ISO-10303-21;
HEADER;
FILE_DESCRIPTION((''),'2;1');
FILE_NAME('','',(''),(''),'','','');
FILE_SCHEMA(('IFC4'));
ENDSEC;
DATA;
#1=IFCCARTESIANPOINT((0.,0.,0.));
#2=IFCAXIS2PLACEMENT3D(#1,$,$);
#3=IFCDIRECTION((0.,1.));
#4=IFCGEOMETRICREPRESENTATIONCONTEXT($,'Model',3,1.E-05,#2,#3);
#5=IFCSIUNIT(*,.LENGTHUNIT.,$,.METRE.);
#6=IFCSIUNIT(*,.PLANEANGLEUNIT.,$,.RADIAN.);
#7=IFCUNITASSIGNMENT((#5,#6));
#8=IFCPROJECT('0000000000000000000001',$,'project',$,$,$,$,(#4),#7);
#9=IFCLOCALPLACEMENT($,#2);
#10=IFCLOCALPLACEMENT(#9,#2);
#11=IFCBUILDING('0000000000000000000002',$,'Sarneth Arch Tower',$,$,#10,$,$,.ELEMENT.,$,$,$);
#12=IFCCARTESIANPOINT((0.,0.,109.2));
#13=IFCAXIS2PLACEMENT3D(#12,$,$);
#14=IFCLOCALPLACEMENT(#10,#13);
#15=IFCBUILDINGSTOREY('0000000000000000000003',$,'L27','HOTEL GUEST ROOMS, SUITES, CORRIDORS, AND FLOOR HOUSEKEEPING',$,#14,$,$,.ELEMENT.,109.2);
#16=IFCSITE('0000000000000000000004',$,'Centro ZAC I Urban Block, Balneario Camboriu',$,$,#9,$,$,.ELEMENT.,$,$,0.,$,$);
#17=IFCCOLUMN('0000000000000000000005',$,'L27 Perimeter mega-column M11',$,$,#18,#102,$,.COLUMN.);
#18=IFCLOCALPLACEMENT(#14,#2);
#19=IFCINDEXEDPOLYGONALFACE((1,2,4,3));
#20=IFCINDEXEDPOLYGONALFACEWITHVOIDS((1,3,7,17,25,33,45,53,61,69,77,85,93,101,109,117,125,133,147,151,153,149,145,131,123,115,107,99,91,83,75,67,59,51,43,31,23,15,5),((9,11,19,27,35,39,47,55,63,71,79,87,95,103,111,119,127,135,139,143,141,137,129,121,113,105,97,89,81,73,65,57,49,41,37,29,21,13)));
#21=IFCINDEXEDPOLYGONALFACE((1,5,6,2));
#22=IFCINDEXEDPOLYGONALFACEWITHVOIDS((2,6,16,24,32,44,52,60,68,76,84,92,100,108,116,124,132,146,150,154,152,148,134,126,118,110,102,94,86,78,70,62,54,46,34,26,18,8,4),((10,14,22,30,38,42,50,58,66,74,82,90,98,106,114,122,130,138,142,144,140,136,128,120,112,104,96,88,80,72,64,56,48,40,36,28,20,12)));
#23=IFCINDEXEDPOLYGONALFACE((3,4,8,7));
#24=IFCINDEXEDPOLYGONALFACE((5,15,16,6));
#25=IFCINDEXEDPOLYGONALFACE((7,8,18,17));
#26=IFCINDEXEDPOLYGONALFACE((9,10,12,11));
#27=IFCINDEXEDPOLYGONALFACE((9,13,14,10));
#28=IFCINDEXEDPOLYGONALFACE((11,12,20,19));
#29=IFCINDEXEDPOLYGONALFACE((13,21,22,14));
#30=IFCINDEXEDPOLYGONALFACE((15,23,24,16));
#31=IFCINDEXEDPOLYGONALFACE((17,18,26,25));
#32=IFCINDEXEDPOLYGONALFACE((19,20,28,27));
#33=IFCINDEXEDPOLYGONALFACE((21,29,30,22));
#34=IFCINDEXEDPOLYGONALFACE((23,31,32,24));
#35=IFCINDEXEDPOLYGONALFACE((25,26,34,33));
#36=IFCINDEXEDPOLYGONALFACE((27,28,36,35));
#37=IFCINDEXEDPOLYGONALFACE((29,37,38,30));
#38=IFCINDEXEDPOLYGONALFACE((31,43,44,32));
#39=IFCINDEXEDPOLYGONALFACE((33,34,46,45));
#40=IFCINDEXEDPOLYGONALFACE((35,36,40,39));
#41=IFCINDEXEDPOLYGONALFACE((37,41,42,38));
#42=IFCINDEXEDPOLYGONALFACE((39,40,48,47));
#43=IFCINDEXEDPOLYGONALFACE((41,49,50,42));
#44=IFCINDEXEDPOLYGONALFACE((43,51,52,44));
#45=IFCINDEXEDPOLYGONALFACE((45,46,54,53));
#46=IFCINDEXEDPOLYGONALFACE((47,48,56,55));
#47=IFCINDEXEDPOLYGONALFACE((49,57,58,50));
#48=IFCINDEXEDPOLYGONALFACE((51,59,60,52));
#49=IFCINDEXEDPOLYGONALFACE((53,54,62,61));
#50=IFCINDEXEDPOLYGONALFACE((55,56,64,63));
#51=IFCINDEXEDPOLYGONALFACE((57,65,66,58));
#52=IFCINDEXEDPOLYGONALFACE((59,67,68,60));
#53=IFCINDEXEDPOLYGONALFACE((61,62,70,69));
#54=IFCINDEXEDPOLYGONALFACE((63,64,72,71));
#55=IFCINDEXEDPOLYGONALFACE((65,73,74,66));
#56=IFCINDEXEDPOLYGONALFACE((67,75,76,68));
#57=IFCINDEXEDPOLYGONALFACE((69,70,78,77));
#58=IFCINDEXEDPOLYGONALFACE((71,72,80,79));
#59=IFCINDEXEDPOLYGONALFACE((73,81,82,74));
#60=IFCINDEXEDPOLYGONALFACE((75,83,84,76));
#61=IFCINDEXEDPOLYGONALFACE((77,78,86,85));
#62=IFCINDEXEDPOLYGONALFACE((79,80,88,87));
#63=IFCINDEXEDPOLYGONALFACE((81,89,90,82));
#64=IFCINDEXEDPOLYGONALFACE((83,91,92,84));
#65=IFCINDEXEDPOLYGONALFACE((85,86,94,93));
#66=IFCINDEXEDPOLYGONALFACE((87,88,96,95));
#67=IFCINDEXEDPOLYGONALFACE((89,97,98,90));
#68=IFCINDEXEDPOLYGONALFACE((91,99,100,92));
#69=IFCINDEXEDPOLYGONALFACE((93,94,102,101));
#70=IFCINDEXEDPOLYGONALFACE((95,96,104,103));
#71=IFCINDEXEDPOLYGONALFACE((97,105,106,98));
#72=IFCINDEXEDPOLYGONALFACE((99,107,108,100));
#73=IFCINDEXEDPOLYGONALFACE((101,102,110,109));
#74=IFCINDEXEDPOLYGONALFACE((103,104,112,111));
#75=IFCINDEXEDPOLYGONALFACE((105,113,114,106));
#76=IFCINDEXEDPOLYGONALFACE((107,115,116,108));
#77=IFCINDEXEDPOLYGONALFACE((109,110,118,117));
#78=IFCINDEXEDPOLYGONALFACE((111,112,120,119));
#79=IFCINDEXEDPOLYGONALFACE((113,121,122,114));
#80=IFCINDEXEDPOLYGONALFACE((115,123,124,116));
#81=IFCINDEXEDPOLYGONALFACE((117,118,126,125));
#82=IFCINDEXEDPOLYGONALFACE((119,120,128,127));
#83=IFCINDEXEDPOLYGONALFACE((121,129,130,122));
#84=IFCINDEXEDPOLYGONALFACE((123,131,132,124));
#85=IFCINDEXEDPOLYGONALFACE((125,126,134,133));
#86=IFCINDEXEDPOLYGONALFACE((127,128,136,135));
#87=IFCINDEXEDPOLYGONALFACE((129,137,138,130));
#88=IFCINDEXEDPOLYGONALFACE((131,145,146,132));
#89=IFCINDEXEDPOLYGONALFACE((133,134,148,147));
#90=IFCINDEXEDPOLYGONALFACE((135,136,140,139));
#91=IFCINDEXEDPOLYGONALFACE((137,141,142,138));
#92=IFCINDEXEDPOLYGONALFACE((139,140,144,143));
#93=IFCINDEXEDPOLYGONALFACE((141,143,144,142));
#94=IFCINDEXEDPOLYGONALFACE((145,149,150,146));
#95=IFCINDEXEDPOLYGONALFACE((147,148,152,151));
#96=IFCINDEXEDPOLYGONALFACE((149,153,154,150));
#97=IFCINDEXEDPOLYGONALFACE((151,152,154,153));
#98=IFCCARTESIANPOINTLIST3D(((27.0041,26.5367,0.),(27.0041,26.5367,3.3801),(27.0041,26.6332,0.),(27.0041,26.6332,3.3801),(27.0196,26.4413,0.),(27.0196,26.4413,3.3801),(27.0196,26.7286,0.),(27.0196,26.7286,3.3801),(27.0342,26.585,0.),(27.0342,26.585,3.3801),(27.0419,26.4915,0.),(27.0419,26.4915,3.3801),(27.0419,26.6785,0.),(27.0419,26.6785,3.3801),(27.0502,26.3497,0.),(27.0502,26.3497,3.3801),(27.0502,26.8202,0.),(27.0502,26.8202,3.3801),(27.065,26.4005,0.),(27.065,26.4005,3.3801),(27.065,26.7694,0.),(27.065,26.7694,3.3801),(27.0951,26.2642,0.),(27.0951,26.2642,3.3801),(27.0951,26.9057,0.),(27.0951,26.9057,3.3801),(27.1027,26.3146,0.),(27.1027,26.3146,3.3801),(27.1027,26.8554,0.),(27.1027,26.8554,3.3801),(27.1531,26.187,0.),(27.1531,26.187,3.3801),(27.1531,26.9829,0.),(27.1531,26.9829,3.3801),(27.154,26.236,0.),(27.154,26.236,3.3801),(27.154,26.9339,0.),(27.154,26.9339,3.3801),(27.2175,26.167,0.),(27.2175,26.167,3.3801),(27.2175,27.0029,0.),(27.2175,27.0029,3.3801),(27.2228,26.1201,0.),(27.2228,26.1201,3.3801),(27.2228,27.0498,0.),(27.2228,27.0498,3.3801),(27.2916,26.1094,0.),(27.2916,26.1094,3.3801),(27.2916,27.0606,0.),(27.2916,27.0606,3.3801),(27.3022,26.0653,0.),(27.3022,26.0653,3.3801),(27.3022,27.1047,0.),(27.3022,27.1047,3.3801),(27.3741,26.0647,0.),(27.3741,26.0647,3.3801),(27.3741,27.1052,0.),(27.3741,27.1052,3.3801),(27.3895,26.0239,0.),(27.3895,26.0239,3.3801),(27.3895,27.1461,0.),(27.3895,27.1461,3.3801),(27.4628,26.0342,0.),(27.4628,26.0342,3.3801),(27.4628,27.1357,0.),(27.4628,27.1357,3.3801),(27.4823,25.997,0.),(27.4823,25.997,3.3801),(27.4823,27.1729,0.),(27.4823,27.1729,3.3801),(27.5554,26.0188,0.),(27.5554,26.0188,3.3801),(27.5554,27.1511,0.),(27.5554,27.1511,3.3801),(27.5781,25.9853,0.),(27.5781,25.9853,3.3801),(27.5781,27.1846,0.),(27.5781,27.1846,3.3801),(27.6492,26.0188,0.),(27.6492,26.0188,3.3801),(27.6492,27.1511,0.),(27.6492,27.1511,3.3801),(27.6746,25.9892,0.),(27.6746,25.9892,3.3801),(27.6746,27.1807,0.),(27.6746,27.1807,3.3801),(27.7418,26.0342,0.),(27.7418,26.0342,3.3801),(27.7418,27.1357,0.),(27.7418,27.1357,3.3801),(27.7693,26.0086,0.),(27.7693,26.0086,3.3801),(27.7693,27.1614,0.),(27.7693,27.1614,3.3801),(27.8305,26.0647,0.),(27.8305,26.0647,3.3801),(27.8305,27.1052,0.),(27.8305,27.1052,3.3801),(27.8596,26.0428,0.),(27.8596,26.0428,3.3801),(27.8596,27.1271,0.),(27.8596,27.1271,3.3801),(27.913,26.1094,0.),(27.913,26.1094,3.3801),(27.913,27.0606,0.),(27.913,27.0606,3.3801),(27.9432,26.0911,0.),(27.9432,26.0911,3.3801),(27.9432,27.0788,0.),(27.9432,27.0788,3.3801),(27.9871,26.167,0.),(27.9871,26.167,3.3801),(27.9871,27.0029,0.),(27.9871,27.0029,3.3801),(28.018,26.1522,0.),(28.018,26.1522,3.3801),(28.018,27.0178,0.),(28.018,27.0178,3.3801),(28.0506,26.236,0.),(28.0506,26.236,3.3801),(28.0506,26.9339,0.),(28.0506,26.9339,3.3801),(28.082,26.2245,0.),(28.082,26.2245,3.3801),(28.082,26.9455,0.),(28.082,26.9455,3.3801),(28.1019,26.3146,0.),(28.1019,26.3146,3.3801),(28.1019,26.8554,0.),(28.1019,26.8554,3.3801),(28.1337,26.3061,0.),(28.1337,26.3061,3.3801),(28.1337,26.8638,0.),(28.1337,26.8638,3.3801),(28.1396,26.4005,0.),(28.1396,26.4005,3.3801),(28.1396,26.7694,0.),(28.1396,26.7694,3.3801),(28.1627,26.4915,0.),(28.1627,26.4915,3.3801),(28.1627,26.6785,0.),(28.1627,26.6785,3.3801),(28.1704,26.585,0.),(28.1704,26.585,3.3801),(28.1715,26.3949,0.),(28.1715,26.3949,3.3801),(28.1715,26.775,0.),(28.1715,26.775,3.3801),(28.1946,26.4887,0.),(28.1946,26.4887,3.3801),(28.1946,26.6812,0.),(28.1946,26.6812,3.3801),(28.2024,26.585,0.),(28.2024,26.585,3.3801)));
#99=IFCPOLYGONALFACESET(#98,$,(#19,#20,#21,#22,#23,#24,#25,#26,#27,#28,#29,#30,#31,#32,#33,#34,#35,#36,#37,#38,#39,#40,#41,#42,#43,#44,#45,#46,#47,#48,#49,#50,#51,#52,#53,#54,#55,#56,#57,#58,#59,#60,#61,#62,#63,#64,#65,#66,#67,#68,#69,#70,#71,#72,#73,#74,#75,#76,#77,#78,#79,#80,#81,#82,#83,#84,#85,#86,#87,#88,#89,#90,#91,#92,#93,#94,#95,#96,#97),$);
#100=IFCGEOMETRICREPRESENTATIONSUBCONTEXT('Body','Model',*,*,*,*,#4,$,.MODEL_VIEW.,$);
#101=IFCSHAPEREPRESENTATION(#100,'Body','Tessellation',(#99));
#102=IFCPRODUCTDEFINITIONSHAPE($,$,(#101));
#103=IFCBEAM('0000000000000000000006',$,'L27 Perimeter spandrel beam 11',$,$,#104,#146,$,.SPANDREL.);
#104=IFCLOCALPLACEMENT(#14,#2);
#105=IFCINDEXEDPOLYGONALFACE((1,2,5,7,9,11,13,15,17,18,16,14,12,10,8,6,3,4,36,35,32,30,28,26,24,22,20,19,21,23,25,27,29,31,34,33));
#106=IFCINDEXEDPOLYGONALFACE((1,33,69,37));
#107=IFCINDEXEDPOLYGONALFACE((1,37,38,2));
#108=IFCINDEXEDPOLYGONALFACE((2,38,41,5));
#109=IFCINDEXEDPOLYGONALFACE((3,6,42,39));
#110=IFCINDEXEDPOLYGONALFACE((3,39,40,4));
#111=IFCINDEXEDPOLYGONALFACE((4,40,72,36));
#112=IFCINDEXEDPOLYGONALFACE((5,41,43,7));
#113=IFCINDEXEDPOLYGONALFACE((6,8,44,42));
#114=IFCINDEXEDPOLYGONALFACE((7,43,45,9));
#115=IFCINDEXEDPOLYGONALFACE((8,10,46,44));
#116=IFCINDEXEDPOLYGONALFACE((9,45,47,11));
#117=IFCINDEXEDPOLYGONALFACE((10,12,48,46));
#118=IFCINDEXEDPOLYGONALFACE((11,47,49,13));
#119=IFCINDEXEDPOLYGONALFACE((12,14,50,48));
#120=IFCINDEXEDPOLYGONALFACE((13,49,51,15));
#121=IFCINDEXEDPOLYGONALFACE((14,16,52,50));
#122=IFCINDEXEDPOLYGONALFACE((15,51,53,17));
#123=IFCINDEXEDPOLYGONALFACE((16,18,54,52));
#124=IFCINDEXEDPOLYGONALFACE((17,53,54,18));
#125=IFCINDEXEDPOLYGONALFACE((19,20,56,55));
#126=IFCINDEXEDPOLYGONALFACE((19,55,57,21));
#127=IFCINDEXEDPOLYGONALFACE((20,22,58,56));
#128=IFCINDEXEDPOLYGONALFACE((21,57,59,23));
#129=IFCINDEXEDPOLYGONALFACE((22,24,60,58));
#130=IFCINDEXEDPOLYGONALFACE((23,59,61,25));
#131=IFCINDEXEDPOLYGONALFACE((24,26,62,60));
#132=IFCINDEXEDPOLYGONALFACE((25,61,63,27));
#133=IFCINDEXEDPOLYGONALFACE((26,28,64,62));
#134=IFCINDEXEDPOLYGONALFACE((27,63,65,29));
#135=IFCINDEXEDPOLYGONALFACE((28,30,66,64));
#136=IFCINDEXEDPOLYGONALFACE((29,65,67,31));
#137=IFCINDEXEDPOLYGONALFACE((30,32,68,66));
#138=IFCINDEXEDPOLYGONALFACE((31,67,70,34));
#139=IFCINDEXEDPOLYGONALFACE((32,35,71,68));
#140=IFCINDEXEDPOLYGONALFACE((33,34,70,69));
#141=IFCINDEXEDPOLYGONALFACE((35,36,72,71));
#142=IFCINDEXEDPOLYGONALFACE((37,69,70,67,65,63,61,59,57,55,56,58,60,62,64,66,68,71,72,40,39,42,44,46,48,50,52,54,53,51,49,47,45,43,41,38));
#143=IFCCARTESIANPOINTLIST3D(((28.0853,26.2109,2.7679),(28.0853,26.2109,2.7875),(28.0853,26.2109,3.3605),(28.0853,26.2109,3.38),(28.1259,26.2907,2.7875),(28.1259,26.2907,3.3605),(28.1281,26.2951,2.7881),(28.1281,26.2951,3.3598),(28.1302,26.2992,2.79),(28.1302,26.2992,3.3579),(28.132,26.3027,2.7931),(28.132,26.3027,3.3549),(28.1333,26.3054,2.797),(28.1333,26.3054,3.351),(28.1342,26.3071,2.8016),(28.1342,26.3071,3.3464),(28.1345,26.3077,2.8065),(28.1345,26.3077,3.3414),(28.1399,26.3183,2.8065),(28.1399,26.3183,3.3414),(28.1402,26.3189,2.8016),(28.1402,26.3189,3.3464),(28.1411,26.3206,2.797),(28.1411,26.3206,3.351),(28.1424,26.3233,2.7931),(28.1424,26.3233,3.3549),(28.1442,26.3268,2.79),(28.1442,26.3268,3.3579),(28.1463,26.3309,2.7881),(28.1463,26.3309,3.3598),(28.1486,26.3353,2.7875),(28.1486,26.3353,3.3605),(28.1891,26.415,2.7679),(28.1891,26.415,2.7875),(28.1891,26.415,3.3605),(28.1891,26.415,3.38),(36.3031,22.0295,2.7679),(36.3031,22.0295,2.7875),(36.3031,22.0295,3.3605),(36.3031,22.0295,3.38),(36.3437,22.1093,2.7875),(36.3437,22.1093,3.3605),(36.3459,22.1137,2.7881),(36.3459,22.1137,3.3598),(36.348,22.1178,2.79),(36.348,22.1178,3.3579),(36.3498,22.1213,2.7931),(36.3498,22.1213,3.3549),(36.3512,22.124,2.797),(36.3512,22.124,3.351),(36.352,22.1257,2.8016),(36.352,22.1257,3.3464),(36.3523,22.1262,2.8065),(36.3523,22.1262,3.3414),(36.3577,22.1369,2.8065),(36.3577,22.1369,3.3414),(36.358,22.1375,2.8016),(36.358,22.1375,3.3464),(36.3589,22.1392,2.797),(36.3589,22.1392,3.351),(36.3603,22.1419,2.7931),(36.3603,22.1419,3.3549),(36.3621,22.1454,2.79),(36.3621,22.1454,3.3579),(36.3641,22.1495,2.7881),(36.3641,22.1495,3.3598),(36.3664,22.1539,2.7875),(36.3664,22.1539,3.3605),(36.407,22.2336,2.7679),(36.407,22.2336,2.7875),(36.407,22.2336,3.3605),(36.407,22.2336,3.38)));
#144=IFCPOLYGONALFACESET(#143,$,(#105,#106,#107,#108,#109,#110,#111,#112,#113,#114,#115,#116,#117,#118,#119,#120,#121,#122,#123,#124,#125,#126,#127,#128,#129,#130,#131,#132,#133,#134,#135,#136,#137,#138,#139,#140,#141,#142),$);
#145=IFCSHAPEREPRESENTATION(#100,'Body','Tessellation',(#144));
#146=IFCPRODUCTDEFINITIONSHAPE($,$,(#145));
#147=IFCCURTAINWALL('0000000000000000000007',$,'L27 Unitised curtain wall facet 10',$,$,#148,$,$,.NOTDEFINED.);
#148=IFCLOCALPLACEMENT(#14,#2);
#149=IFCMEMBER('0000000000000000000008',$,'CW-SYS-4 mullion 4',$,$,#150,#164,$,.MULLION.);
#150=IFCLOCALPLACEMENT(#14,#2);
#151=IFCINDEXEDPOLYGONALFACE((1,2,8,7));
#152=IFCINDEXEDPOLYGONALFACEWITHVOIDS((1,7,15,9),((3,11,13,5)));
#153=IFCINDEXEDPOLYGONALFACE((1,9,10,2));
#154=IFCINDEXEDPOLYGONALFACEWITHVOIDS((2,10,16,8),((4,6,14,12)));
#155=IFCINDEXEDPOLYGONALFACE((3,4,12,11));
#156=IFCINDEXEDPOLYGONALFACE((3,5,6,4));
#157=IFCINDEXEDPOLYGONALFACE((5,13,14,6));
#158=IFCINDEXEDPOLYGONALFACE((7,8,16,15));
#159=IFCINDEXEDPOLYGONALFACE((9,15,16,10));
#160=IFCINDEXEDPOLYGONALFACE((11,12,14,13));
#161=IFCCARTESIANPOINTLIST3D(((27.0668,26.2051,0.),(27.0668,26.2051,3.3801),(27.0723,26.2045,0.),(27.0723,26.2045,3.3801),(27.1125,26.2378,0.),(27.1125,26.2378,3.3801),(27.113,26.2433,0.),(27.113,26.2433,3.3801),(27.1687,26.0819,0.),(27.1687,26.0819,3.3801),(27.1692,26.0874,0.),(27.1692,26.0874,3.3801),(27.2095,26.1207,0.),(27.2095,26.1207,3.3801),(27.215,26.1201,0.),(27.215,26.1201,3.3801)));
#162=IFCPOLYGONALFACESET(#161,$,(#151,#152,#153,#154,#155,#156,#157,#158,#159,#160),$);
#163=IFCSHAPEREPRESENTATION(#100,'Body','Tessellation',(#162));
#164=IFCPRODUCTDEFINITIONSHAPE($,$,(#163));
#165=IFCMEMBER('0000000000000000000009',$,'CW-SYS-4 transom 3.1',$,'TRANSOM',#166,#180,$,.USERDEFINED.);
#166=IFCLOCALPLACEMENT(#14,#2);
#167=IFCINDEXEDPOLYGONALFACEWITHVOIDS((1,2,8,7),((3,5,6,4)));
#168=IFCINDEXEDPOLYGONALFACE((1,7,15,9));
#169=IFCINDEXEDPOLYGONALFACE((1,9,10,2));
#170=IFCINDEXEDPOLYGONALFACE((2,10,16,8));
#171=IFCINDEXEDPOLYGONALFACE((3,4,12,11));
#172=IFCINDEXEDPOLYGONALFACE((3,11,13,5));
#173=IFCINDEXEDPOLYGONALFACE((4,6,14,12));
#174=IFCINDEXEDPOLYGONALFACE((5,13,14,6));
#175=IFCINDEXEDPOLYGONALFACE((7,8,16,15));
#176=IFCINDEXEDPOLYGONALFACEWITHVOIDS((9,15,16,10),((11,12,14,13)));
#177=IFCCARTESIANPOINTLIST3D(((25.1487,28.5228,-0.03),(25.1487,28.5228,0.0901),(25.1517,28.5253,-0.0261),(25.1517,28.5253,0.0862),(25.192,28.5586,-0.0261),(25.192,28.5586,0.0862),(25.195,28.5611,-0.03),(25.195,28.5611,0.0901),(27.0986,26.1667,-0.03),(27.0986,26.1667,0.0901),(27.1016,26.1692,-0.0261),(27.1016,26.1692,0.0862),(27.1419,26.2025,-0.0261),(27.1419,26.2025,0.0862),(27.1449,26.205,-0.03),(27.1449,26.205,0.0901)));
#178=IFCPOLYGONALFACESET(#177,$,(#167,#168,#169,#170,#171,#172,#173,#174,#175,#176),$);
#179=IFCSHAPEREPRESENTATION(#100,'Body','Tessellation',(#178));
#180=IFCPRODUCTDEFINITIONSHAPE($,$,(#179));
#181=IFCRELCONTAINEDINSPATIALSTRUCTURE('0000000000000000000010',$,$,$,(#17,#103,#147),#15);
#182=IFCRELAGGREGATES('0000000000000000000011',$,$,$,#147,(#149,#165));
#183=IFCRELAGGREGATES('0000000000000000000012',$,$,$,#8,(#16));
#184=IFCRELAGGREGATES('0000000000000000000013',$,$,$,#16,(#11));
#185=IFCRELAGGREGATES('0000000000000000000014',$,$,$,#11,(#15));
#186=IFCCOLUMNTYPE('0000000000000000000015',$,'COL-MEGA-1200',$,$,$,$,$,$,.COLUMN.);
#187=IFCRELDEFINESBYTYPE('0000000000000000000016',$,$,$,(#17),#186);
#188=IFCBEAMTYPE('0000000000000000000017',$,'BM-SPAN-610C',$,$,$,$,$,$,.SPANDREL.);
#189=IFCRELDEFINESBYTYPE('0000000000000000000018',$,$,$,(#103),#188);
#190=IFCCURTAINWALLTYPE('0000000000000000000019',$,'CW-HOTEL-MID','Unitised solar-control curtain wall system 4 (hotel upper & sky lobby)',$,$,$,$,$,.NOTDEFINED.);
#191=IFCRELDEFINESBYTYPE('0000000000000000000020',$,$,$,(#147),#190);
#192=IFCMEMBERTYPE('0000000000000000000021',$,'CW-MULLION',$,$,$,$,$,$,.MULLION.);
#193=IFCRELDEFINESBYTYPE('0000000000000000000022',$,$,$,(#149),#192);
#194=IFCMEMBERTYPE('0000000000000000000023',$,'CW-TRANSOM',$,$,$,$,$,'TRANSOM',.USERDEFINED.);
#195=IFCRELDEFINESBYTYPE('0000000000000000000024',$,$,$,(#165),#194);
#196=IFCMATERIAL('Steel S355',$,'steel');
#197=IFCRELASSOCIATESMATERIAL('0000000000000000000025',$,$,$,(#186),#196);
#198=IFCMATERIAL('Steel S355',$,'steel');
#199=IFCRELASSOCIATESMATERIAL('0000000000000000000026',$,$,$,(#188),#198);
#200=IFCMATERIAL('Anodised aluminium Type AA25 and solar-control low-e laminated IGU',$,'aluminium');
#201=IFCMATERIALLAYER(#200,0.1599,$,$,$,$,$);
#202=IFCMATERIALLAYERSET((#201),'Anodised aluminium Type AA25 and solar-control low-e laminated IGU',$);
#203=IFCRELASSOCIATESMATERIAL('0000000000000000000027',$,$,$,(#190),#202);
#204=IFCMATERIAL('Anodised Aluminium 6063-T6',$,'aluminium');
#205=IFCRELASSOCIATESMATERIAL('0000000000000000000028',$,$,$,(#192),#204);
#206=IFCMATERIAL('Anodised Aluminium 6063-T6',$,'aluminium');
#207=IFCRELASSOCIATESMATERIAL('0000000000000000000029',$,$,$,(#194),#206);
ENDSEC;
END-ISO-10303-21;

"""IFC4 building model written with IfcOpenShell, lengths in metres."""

from ifc_helpers import new_model, si_unit, direction, frame, origin, origin_2d, place, context, subcontext, project, spatial, hollow_rectangle, hollow_circle, i_section, extrude, material, layer, layer_set, material_profile, profile_set, type_object, element, aggregate, save


model = new_model("IFC4")

# Units and contexts
model_context = context("Model", 3, precision=1e-05, world=origin(), true_north=direction((0.0, 1.0)))
body_context = subcontext(model_context, "Body", "Model", "MODEL_VIEW")
ifc_project = project(units=[si_unit("LENGTHUNIT", "METRE"), si_unit("PLANEANGLEUNIT", "RADIAN")], contexts=[model_context])

# Site, building, storey
site_placement = place(None, origin())
site = spatial("IfcSite", under=ifc_project, at=site_placement, Name="Centro ZAC I Urban Block, Balneario Camboriu", CompositionType="ELEMENT", RefElevation=0.0)
building_placement = place(site_placement, origin())
building = spatial("IfcBuilding", under=site, at=building_placement, Name="Sarneth Arch Tower", CompositionType="ELEMENT")
storey_placement = place(building_placement, frame((0.0, 0.0, 109.2)))
storey = spatial("IfcBuildingStorey", under=building, at=storey_placement, Name="L27", Description="HOTEL GUEST ROOMS, SUITES, CORRIDORS, AND FLOOR HOUSEKEEPING", CompositionType="ELEMENT", Elevation=109.2)

# Column
ifc_material_1 = material(Name="Steel S355", Category="steel")
ifc_material_profile_1 = material_profile(ifc_material_1, hollow_circle(Radius=0.6001, WallThickness=0.032, at=origin_2d()), Name="CHS1200x32")
ifc_profile_set_1 = profile_set([ifc_material_profile_1], Name="Steel S355")
column_type = type_object("IfcColumnType", Name="COL-MEGA-1200", PredefinedType="COLUMN", material=ifc_profile_set_1)
column_placement = place(storey_placement, frame((27.6023, 26.585, 0.0), z_axis=(0.0, 0.0, 1.0), x_axis=(1.0, 0.0, 0.0)))
element("IfcColumn", 1, at=column_placement, inside=storey, type_object=column_type, Name="L27 Perimeter mega-column M11", PredefinedType="COLUMN", context=body_context, shape_type="SweptSolid", body=[
    extrude(hollow_circle(Radius=0.6001, WallThickness=0.032, at=origin_2d()), origin(), (0.0, 0.0, 1.0), 3.3801),
])

# Beam
ifc_material_2 = material(Name="Steel S355", Category="steel")
ifc_material_profile_2 = material_profile(ifc_material_2, i_section(OverallWidth=0.229, OverallDepth=0.6121, WebThickness=0.012, FlangeThickness=0.0195, FilletRadius=0.019, at=origin_2d()), Name="W610x125")
ifc_profile_set_2 = profile_set([ifc_material_profile_2], Name="Steel S355")
beam_type = type_object("IfcBeamType", Name="BM-SPAN-610C", PredefinedType="SPANDREL", material=ifc_profile_set_2)
beam_placement = place(storey_placement, frame((28.1372, 26.313, 3.074), z_axis=(0.891259, -0.453494, 0.0), x_axis=(0.453494, 0.891259, 0.0)))
element("IfcBeam", 2, at=beam_placement, inside=storey, type_object=beam_type, Name="L27 Perimeter spandrel beam 11", PredefinedType="SPANDREL", context=body_context, shape_type="SweptSolid", body=[
    extrude(i_section(OverallWidth=0.229, OverallDepth=0.6121, WebThickness=0.012, FlangeThickness=0.0195, FilletRadius=0.019, at=origin_2d()), origin(), (0.0, 0.0, 1.0), 9.2205),
])

# Curtain wall, members
ifc_material_3 = material(Name="Anodised aluminium Type AA25 and solar-control low-e laminated IGU", Category="aluminium")
ifc_layer_1 = layer(ifc_material_3, 0.1599)
ifc_layer_set_1 = layer_set([ifc_layer_1], Name="Anodised aluminium Type AA25 and solar-control low-e laminated IGU")
curtain_wall_type = type_object("IfcCurtainWallType", Name="CW-HOTEL-MID", Description="Unitised solar-control curtain wall system 4 (hotel upper & sky lobby)", PredefinedType="NOTDEFINED", material=ifc_layer_set_1)
curtain_wall_placement = place(storey_placement, origin())
curtain_wall = element("IfcCurtainWall", 3, at=curtain_wall_placement, inside=storey, type_object=curtain_wall_type, Name="L27 Unitised curtain wall facet 10", PredefinedType="NOTDEFINED")
ifc_material_4 = material(Name="Anodised Aluminium 6063-T6", Category="aluminium")
ifc_material_profile_3 = material_profile(ifc_material_4, hollow_rectangle(XDim=0.0601, YDim=0.1599, WallThickness=0.0039, at=origin_2d()), Name="AL-MULL-160x60x4")
ifc_profile_set_3 = profile_set([ifc_material_profile_3], Name="Anodised Aluminium 6063-T6")
member_type_1 = type_object("IfcMemberType", Name="CW-MULLION", PredefinedType="MULLION", material=ifc_profile_set_3)
member_1_placement = place(storey_placement, frame((27.1409, 26.1626, 0.0), z_axis=(0.0, 0.0, 1.0), x_axis=(0.770438, 0.637515, 0.0)))
member_1 = element("IfcMember", 4, at=member_1_placement, type_object=member_type_1, Name="CW-SYS-4 mullion 4", PredefinedType="MULLION", context=body_context, shape_type="SweptSolid", body=[
    extrude(hollow_rectangle(XDim=0.0601, YDim=0.1599, WallThickness=0.0039, at=origin_2d()), origin(), (0.0, 0.0, 1.0), 3.3801),
])
ifc_material_5 = material(Name="Anodised Aluminium 6063-T6", Category="aluminium")
ifc_material_profile_4 = material_profile(ifc_material_5, hollow_rectangle(XDim=0.0601, YDim=0.1201, WallThickness=0.0039, at=origin_2d()), Name="AL-TRAN-120x60x4")
ifc_profile_set_4 = profile_set([ifc_material_profile_4], Name="Anodised Aluminium 6063-T6")
member_type_2 = type_object("IfcMemberType", Name="CW-TRANSOM", ElementType="TRANSOM", PredefinedType="USERDEFINED", material=ifc_profile_set_4)
member_2_placement = place(storey_placement, frame((25.1719, 28.542, 0.03), z_axis=(0.637566, -0.770396, 0.0), x_axis=(0.770396, 0.637566, 0.0)))
member_2 = element("IfcMember", 5, at=member_2_placement, type_object=member_type_2, Name="CW-SYS-4 transom 3.1", ObjectType="TRANSOM", PredefinedType="USERDEFINED", context=body_context, shape_type="SweptSolid", body=[
    extrude(hollow_rectangle(XDim=0.0601, YDim=0.1201, WallThickness=0.0039, at=origin_2d()), origin(), (0.0, 0.0, 1.0), 3.0583),
])

aggregate(curtain_wall, [member_1, member_2])

save(model, "model.ifc")
